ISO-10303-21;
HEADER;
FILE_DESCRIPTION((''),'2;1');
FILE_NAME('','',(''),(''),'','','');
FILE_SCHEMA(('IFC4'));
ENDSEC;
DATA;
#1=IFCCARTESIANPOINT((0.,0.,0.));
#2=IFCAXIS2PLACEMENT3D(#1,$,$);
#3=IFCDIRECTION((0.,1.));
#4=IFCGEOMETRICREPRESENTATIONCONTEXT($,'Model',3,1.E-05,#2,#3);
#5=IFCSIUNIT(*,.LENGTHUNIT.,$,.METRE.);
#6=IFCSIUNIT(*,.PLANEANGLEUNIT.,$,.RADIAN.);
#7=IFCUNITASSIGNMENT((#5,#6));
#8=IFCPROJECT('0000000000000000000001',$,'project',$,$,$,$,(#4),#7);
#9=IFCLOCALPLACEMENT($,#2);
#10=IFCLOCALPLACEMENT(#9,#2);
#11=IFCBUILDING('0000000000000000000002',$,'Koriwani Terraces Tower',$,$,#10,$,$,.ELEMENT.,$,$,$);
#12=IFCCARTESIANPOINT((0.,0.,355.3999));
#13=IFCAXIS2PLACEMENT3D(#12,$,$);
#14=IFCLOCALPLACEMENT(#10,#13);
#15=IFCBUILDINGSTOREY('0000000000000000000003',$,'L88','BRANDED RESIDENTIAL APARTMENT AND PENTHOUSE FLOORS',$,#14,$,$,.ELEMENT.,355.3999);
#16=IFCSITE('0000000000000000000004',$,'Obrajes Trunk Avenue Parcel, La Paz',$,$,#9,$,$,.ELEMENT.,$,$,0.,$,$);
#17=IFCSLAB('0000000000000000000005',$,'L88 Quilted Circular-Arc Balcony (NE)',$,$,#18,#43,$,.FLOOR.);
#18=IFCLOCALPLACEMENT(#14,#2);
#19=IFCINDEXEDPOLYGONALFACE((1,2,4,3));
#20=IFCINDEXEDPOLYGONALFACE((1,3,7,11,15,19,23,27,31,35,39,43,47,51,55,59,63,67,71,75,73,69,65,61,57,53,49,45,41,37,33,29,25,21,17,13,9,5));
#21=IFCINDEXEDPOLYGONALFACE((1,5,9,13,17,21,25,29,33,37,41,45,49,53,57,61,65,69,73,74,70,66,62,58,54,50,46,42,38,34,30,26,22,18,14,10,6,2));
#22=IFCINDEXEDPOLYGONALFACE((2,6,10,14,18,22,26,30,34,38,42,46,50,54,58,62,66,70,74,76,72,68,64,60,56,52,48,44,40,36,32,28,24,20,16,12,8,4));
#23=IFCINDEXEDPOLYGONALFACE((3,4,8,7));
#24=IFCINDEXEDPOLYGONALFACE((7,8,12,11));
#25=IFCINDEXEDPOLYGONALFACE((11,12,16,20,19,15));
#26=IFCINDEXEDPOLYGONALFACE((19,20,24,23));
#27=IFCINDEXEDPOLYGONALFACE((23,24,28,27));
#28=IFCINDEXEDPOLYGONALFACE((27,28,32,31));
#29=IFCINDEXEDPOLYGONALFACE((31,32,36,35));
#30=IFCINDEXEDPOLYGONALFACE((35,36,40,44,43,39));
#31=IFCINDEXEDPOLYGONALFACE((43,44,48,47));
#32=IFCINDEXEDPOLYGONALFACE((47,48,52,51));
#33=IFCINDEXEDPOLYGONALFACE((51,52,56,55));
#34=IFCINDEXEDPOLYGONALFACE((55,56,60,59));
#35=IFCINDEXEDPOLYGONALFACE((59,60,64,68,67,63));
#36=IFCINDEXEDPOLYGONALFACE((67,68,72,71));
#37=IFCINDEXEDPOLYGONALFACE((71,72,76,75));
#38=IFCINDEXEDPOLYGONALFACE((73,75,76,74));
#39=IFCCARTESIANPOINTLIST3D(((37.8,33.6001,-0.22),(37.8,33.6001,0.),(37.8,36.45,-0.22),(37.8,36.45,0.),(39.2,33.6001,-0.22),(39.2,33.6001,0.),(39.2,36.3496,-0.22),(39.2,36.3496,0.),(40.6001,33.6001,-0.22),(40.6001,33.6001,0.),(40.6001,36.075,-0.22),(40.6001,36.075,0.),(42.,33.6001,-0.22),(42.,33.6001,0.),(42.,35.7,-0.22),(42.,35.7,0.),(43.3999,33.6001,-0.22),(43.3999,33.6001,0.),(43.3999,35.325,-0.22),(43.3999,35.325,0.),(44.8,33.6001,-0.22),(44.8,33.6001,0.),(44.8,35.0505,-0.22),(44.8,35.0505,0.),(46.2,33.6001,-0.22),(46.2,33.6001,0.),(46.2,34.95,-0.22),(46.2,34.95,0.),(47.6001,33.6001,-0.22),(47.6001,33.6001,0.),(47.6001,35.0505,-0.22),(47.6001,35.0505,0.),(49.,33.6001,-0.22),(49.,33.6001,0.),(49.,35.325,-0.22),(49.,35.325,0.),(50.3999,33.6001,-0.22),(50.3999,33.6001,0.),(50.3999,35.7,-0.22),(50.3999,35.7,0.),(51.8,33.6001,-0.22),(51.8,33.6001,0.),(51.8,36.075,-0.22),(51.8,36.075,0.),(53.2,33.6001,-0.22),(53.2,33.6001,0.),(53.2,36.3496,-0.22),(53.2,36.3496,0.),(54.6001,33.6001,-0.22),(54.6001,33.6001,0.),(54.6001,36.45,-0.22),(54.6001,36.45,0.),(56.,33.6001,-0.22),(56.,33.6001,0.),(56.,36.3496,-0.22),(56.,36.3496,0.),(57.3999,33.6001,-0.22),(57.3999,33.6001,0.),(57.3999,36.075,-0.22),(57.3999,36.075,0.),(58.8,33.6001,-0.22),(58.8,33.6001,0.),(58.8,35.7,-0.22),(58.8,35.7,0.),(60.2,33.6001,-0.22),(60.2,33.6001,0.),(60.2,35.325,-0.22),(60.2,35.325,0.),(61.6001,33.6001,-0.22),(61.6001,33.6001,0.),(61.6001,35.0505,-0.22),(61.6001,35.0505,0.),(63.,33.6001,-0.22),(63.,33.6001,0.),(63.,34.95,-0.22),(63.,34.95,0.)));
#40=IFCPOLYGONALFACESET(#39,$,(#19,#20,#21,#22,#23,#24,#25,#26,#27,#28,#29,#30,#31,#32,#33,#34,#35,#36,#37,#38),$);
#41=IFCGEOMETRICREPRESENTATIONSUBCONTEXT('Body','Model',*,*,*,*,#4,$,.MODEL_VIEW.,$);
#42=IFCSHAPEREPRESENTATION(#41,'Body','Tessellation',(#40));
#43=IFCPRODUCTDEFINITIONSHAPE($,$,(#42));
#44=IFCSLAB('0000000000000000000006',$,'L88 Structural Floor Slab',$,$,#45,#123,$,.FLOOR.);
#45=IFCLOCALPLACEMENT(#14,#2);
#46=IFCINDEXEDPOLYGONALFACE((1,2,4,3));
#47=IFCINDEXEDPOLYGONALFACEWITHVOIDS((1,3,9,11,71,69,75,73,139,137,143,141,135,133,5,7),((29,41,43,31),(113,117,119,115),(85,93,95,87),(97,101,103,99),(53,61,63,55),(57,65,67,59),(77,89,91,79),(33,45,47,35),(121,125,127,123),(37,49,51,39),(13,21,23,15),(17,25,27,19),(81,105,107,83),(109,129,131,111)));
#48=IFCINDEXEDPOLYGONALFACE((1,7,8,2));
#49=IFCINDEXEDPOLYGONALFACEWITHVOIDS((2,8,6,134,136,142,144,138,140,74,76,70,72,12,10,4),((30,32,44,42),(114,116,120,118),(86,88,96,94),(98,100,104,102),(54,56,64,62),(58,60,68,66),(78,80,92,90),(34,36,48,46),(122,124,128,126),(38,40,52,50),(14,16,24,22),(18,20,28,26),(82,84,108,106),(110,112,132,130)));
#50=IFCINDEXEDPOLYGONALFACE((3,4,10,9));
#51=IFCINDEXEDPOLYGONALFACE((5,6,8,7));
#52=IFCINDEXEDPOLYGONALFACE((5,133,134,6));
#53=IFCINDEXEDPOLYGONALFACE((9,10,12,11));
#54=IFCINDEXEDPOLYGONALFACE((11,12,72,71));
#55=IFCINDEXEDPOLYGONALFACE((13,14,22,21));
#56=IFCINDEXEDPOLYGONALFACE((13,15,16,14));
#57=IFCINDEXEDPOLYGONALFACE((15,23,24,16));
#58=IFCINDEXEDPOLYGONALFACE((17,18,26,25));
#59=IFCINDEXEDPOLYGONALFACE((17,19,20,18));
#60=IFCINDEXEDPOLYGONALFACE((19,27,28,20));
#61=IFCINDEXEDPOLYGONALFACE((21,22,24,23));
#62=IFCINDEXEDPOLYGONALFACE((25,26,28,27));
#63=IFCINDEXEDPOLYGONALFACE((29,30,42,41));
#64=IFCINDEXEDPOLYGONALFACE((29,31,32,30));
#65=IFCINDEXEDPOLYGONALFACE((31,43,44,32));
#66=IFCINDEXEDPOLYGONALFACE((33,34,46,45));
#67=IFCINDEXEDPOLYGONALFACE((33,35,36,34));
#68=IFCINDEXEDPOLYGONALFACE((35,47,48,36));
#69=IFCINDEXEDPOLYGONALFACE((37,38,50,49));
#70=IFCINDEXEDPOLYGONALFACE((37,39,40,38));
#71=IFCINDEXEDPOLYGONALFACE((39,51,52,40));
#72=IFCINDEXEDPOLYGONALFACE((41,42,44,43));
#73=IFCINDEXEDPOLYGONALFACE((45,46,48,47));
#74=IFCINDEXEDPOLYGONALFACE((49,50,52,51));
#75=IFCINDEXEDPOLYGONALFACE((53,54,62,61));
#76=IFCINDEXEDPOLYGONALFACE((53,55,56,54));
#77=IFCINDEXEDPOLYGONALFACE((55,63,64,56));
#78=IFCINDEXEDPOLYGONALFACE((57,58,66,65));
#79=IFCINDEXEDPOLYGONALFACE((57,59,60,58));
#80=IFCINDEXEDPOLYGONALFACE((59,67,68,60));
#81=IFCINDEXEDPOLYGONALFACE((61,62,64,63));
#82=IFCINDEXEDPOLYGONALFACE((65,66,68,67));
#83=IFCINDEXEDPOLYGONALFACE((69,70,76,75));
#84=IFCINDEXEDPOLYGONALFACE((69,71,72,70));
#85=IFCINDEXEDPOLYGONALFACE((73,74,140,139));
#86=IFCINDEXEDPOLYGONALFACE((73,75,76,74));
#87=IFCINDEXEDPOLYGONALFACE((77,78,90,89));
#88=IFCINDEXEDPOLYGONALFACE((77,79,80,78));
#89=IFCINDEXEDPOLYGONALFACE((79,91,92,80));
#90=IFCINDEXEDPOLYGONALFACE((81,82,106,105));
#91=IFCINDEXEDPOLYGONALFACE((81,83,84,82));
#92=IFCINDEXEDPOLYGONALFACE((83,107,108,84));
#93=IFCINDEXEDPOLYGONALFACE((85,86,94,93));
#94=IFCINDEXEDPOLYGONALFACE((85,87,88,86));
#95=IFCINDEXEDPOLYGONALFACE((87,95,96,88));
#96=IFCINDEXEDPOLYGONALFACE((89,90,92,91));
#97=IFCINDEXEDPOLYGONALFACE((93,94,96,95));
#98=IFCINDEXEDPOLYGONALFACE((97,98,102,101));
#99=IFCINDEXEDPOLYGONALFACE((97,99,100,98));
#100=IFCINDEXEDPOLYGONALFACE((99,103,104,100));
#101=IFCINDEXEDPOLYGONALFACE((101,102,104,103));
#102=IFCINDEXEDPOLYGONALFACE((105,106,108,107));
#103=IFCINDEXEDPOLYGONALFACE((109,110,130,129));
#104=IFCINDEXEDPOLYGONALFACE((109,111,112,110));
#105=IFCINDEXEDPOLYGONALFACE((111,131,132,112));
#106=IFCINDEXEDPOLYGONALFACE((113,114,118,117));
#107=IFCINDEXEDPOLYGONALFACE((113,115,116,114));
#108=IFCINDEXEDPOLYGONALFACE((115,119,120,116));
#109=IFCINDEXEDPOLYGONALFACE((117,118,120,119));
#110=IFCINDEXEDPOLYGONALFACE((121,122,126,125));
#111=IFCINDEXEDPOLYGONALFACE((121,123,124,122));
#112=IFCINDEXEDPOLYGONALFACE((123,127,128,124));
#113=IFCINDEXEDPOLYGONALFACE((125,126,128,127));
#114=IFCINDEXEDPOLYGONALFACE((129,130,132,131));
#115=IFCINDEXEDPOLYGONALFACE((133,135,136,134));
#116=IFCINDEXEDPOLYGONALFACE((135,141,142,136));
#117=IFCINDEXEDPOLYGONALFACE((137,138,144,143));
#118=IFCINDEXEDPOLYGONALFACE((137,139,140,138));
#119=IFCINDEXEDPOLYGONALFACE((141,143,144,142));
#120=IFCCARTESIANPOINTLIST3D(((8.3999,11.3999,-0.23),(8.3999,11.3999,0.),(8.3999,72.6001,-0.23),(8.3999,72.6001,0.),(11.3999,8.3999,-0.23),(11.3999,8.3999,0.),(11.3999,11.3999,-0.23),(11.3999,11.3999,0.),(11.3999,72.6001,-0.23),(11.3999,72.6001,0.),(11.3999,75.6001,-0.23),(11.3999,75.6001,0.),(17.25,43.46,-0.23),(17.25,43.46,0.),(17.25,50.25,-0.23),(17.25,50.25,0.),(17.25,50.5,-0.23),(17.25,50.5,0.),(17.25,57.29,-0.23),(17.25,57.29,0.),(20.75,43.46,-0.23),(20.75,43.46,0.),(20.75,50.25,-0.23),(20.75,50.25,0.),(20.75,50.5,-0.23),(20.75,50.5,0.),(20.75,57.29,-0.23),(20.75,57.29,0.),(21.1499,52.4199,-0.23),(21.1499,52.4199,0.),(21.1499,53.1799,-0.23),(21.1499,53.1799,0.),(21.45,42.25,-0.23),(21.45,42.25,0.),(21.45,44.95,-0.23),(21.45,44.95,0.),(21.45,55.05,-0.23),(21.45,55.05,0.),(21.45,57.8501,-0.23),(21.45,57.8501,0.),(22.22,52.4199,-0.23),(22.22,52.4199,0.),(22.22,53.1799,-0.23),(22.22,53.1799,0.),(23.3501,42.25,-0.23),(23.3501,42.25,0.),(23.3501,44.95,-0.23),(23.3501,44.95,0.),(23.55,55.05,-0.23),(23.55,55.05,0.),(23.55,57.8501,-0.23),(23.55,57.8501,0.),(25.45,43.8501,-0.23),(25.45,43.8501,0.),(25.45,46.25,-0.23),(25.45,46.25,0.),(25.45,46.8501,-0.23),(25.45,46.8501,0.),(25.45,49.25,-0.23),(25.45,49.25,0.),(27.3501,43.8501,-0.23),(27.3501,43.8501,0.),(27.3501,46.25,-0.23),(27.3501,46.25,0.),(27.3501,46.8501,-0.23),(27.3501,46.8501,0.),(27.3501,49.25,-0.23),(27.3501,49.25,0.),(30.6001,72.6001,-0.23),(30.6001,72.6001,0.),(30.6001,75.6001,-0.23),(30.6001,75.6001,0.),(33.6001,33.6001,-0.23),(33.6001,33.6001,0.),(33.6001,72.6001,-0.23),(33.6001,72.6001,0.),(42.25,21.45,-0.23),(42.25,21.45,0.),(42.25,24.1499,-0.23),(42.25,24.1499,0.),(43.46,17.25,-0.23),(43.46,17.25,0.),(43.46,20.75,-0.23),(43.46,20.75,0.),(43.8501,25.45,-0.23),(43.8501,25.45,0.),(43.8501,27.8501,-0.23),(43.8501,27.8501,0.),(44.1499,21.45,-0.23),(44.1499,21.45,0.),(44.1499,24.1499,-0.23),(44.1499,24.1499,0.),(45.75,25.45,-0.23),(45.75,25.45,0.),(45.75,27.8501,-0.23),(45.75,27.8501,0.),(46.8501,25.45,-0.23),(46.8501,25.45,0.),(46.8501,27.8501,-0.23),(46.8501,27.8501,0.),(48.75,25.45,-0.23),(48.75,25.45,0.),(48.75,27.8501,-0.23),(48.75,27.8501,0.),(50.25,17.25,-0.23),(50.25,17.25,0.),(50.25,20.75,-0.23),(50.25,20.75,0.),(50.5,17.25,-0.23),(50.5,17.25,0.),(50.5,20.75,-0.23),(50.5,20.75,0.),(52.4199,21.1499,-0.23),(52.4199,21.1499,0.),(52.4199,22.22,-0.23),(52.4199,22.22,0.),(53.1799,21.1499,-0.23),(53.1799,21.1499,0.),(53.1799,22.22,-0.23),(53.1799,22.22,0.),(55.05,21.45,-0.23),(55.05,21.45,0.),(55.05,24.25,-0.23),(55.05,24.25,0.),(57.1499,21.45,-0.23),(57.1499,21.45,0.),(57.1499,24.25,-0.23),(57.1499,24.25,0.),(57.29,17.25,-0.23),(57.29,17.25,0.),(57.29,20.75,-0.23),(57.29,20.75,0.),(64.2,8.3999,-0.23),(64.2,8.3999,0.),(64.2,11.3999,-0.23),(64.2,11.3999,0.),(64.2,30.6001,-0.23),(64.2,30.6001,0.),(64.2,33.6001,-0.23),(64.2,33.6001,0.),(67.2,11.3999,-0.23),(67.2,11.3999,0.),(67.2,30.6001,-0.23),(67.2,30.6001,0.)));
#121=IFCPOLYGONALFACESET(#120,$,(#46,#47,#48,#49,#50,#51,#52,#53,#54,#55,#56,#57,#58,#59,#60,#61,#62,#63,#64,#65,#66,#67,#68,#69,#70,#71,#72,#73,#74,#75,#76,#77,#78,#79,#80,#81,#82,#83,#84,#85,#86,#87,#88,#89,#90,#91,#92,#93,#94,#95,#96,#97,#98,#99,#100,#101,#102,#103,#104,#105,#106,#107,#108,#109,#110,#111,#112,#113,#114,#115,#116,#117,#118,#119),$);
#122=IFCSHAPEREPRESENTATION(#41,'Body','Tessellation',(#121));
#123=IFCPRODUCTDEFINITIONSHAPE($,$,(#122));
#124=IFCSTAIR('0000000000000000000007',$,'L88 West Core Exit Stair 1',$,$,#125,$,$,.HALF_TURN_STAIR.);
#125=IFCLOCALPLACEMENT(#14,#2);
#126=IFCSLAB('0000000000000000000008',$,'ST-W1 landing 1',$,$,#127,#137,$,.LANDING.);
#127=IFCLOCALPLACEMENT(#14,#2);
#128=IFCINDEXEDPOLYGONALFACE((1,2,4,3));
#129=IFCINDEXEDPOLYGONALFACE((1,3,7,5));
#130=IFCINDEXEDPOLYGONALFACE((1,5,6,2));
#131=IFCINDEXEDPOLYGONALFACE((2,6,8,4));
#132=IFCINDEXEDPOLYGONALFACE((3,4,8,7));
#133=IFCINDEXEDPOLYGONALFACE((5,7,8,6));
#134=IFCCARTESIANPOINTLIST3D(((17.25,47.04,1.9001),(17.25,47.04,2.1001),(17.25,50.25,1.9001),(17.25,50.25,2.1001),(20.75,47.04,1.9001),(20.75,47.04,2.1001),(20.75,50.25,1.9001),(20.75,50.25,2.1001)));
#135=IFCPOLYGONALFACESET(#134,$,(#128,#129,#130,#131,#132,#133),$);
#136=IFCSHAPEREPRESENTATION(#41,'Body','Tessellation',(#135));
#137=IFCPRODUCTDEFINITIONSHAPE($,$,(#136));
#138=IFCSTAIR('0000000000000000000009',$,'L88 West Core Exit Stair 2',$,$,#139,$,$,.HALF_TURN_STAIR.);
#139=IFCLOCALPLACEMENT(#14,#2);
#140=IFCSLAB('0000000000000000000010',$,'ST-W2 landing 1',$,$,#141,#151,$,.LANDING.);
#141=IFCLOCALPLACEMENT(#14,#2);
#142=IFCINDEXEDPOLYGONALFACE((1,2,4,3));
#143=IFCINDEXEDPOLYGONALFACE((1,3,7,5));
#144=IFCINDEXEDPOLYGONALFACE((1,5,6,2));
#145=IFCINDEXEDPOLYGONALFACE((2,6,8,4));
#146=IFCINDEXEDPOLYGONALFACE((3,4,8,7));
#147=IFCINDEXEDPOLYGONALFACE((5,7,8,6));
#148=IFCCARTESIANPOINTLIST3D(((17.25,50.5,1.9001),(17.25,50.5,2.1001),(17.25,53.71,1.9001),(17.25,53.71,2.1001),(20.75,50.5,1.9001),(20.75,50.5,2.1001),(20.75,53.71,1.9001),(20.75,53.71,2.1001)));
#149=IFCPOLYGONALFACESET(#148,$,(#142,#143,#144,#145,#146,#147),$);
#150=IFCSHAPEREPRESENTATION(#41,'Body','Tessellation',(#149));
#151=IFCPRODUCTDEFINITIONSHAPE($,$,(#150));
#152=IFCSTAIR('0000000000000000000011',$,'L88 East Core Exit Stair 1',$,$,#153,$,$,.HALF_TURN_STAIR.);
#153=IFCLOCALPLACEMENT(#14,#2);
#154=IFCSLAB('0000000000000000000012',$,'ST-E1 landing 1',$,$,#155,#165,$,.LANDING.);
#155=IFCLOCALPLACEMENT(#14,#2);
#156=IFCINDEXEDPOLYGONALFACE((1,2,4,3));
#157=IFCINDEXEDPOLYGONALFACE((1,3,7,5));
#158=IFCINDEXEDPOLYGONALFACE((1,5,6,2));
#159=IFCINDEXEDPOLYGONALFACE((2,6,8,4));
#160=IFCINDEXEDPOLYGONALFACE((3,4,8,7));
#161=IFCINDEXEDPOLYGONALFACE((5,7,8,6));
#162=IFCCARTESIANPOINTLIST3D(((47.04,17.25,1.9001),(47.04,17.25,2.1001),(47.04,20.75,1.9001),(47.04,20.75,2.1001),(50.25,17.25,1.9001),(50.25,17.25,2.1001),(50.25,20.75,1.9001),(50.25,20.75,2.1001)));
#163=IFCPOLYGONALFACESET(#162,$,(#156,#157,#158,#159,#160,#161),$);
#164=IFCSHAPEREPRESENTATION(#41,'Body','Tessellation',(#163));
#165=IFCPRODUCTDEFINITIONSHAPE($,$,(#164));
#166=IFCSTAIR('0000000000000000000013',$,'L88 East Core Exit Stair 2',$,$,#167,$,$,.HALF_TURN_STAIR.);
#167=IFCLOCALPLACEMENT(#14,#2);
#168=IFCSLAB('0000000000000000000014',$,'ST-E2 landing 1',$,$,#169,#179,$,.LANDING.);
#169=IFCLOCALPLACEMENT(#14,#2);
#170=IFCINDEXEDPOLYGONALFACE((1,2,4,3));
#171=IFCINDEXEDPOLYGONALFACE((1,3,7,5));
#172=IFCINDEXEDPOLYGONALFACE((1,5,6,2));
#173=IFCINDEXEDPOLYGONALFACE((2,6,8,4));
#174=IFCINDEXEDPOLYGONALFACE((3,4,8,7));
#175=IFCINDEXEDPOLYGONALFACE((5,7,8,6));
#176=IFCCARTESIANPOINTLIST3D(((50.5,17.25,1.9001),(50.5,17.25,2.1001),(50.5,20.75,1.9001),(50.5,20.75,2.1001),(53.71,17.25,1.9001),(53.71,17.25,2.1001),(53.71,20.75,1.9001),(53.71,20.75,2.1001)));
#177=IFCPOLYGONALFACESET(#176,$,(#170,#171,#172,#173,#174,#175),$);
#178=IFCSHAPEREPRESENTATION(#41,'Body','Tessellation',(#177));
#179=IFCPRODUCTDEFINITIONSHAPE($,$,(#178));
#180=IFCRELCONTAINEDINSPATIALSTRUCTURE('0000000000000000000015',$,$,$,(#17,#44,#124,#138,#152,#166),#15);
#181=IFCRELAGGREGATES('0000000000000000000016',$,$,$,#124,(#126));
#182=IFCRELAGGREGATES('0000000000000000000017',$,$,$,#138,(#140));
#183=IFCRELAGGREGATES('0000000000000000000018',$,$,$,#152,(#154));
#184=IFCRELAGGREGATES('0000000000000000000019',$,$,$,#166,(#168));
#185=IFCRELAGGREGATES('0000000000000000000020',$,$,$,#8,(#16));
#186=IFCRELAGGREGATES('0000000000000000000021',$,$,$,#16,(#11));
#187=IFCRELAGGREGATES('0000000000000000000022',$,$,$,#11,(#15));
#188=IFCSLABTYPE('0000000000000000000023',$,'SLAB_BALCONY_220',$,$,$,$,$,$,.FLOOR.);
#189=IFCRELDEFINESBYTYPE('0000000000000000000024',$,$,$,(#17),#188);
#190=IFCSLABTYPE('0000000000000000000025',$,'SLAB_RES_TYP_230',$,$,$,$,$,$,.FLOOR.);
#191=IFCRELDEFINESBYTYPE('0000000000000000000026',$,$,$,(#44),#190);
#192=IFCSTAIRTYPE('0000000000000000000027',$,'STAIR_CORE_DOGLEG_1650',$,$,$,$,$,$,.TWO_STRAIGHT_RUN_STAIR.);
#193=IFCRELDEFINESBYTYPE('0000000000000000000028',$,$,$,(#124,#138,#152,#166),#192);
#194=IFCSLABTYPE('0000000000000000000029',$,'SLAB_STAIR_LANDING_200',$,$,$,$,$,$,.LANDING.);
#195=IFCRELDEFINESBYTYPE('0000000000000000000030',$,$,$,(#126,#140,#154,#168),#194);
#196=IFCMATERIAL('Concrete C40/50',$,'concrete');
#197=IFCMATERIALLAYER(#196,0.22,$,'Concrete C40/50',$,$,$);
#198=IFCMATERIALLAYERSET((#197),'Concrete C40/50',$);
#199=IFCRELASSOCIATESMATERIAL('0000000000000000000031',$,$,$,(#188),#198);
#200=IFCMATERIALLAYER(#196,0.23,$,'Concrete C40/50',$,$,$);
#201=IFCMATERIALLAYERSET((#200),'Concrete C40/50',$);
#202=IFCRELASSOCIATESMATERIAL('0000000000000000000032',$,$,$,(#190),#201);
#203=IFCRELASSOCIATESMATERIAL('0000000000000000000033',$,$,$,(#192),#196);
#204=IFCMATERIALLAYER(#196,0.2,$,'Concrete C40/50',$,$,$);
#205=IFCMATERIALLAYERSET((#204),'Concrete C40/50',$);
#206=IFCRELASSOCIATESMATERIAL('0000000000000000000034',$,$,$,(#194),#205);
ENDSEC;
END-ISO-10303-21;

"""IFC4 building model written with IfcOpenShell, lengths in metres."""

from ifc_helpers import new_model, si_unit, direction, frame, origin, place, context, subcontext, project, spatial, polyline, outline, extrude, material, layer, layer_set, type_object, element, aggregate, save


model = new_model("IFC4")

# Units and contexts
model_context = context("Model", 3, precision=1e-05, world=origin(), true_north=direction((0.0, 1.0)))
body_context = subcontext(model_context, "Body", "Model", "MODEL_VIEW")
ifc_project = project(units=[si_unit("LENGTHUNIT", "METRE"), si_unit("PLANEANGLEUNIT", "RADIAN")], contexts=[model_context])

# Site, building, storey
site_placement = place(None, origin())
site = spatial("IfcSite", under=ifc_project, at=site_placement, Name="Obrajes Trunk Avenue Parcel, La Paz", CompositionType="ELEMENT", RefElevation=0.0)
building_placement = place(site_placement, origin())
building = spatial("IfcBuilding", under=site, at=building_placement, Name="Koriwani Terraces Tower", CompositionType="ELEMENT")
storey_placement = place(building_placement, frame((0.0, 0.0, 355.3999)))
storey = spatial("IfcBuildingStorey", under=building, at=storey_placement, Name="L88", Description="BRANDED RESIDENTIAL APARTMENT AND PENTHOUSE FLOORS", CompositionType="ELEMENT", Elevation=355.3999)

# Shared definitions
ifc_material_1 = material(Name="Concrete C40/50", Category="concrete")

# Slabs
ifc_layer_1 = layer(ifc_material_1, 0.22, Name="Concrete C40/50")
ifc_layer_set_1 = layer_set([ifc_layer_1], Name="Concrete C40/50")
slab_type_1 = type_object("IfcSlabType", Name="SLAB_BALCONY_220", PredefinedType="FLOOR", material=ifc_layer_set_1)
slab_1_placement = place(storey_placement, frame((0.0, 0.0, -0.22)))
element("IfcSlab", 1, at=slab_1_placement, inside=storey, type_object=slab_type_1, Name="L88 Quilted Circular-Arc Balcony (NE)", PredefinedType="FLOOR", context=body_context, shape_type="SweptSolid", body=[
    extrude(outline(polyline([(63.0, 33.6001), (61.6001, 33.6001), (60.2, 33.6001), (58.8, 33.6001), (57.3999, 33.6001), (56.0, 33.6001), (54.6001, 33.6001), (53.2, 33.6001), (51.8, 33.6001), (50.3999, 33.6001), (49.0, 33.6001), (47.6001, 33.6001), (46.2, 33.6001), (44.8, 33.6001), (43.3999, 33.6001), (42.0, 33.6001), (40.6001, 33.6001), (39.2, 33.6001), (37.8, 33.6001), (37.8, 36.45), (39.2, 36.3496), (40.6001, 36.075), (42.0, 35.7), (43.3999, 35.325), (44.8, 35.0505), (46.2, 34.95), (47.6001, 35.0505), (49.0, 35.325), (50.3999, 35.7), (51.8, 36.075), (53.2, 36.3496), (54.6001, 36.45), (56.0, 36.3496), (57.3999, 36.075), (58.8, 35.7), (60.2, 35.325), (61.6001, 35.0505), (63.0, 34.95), (63.0, 33.6001)])), origin(), (0.0, 0.0, 1.0), 0.22),
])
ifc_layer_2 = layer(ifc_material_1, 0.23, Name="Concrete C40/50")
ifc_layer_set_2 = layer_set([ifc_layer_2], Name="Concrete C40/50")
slab_type_2 = type_object("IfcSlabType", Name="SLAB_RES_TYP_230", PredefinedType="FLOOR", material=ifc_layer_set_2)
slab_2_placement = place(storey_placement, frame((0.0, 0.0, -0.23)))
element("IfcSlab", 2, at=slab_2_placement, inside=storey, type_object=slab_type_2, Name="L88 Structural Floor Slab", PredefinedType="FLOOR", context=body_context, shape_type="SweptSolid", body=[
    extrude(outline(polyline([(11.3999, 8.3999), (64.2, 8.3999), (64.2, 11.3999), (67.2, 11.3999), (67.2, 30.6001), (64.2, 30.6001), (64.2, 33.6001), (33.6001, 33.6001), (33.6001, 72.6001), (30.6001, 72.6001), (30.6001, 75.6001), (11.3999, 75.6001), (11.3999, 72.6001), (8.3999, 72.6001), (8.3999, 11.3999), (11.3999, 11.3999), (11.3999, 8.3999)]), holes=[polyline([(17.25, 43.46), (20.75, 43.46), (20.75, 50.25), (17.25, 50.25), (17.25, 43.46)]), polyline([(17.25, 50.5), (20.75, 50.5), (20.75, 57.29), (17.25, 57.29), (17.25, 50.5)]), polyline([(43.46, 17.25), (50.25, 17.25), (50.25, 20.75), (43.46, 20.75), (43.46, 17.25)]), polyline([(50.5, 17.25), (57.29, 17.25), (57.29, 20.75), (50.5, 20.75), (50.5, 17.25)]), polyline([(25.45, 43.8501), (27.3501, 43.8501), (27.3501, 46.25), (25.45, 46.25), (25.45, 43.8501)]), polyline([(25.45, 46.8501), (27.3501, 46.8501), (27.3501, 49.25), (25.45, 49.25), (25.45, 46.8501)]), polyline([(43.8501, 25.45), (45.75, 25.45), (45.75, 27.8501), (43.8501, 27.8501), (43.8501, 25.45)]), polyline([(46.8501, 25.45), (48.75, 25.45), (48.75, 27.8501), (46.8501, 27.8501), (46.8501, 25.45)]), polyline([(21.45, 55.05), (23.55, 55.05), (23.55, 57.8501), (21.45, 57.8501), (21.45, 55.05)]), polyline([(55.05, 21.45), (57.1499, 21.45), (57.1499, 24.25), (55.05, 24.25), (55.05, 21.45)]), polyline([(21.45, 42.25), (23.3501, 42.25), (23.3501, 44.95), (21.45, 44.95), (21.45, 42.25)]), polyline([(42.25, 21.45), (44.1499, 21.45), (44.1499, 24.1499), (42.25, 24.1499), (42.25, 21.45)]), polyline([(21.1499, 52.4199), (22.22, 52.4199), (22.22, 53.1799), (21.1499, 53.1799), (21.1499, 52.4199)]), polyline([(52.4199, 21.1499), (53.1799, 21.1499), (53.1799, 22.22), (52.4199, 22.22), (52.4199, 21.1499)])]), origin(), (0.0, 0.0, 1.0), 0.23),
])

# Stairs, slabs
stair_type = type_object("IfcStairType", Name="STAIR_CORE_DOGLEG_1650", PredefinedType="TWO_STRAIGHT_RUN_STAIR", material=ifc_material_1)
stair_1_placement = place(storey_placement, origin())
stair_1 = element("IfcStair", 3, at=stair_1_placement, inside=storey, type_object=stair_type, Name="L88 West Core Exit Stair 1", PredefinedType="HALF_TURN_STAIR")
ifc_layer_3 = layer(ifc_material_1, 0.2, Name="Concrete C40/50")
ifc_layer_set_3 = layer_set([ifc_layer_3], Name="Concrete C40/50")
slab_type_3 = type_object("IfcSlabType", Name="SLAB_STAIR_LANDING_200", PredefinedType="LANDING", material=ifc_layer_set_3)
slab_3_placement = place(storey_placement, frame((0.0, 0.0, 1.9001)))
slab_3 = element("IfcSlab", 4, at=slab_3_placement, type_object=slab_type_3, Name="ST-W1 landing 1", PredefinedType="LANDING", context=body_context, shape_type="SweptSolid", body=[
    extrude(outline(polyline([(20.75, 47.04), (20.75, 50.25), (17.25, 50.25), (17.25, 47.04), (20.75, 47.04)])), origin(), (0.0, 0.0, 1.0), 0.2),
])
aggregate(stair_1, [slab_3])
stair_2_placement = place(storey_placement, origin())
stair_2 = element("IfcStair", 5, at=stair_2_placement, inside=storey, type_object=stair_type, Name="L88 West Core Exit Stair 2", PredefinedType="HALF_TURN_STAIR")
slab_4_placement = place(storey_placement, frame((0.0, 0.0, 1.9001)))
slab_4 = element("IfcSlab", 6, at=slab_4_placement, type_object=slab_type_3, Name="ST-W2 landing 1", PredefinedType="LANDING", context=body_context, shape_type="SweptSolid", body=[
    extrude(outline(polyline([(17.25, 53.71), (17.25, 50.5), (20.75, 50.5), (20.75, 53.71), (17.25, 53.71)])), origin(), (0.0, 0.0, 1.0), 0.2),
])
aggregate(stair_2, [slab_4])
stair_3_placement = place(storey_placement, origin())
stair_3 = element("IfcStair", 7, at=stair_3_placement, inside=storey, type_object=stair_type, Name="L88 East Core Exit Stair 1", PredefinedType="HALF_TURN_STAIR")
slab_5_placement = place(storey_placement, frame((0.0, 0.0, 1.9001)))
slab_5 = element("IfcSlab", 8, at=slab_5_placement, type_object=slab_type_3, Name="ST-E1 landing 1", PredefinedType="LANDING", context=body_context, shape_type="SweptSolid", body=[
    extrude(outline(polyline([(47.04, 17.25), (50.25, 17.25), (50.25, 20.75), (47.04, 20.75), (47.04, 17.25)])), origin(), (0.0, 0.0, 1.0), 0.2),
])
aggregate(stair_3, [slab_5])
stair_4_placement = place(storey_placement, origin())
stair_4 = element("IfcStair", 9, at=stair_4_placement, inside=storey, type_object=stair_type, Name="L88 East Core Exit Stair 2", PredefinedType="HALF_TURN_STAIR")
slab_6_placement = place(storey_placement, frame((0.0, 0.0, 1.9001)))
slab_6 = element("IfcSlab", 10, at=slab_6_placement, type_object=slab_type_3, Name="ST-E2 landing 1", PredefinedType="LANDING", context=body_context, shape_type="SweptSolid", body=[
    extrude(outline(polyline([(53.71, 20.75), (50.5, 20.75), (50.5, 17.25), (53.71, 17.25), (53.71, 20.75)])), origin(), (0.0, 0.0, 1.0), 0.2),
])
aggregate(stair_4, [slab_6])

save(model, "model.ifc")
